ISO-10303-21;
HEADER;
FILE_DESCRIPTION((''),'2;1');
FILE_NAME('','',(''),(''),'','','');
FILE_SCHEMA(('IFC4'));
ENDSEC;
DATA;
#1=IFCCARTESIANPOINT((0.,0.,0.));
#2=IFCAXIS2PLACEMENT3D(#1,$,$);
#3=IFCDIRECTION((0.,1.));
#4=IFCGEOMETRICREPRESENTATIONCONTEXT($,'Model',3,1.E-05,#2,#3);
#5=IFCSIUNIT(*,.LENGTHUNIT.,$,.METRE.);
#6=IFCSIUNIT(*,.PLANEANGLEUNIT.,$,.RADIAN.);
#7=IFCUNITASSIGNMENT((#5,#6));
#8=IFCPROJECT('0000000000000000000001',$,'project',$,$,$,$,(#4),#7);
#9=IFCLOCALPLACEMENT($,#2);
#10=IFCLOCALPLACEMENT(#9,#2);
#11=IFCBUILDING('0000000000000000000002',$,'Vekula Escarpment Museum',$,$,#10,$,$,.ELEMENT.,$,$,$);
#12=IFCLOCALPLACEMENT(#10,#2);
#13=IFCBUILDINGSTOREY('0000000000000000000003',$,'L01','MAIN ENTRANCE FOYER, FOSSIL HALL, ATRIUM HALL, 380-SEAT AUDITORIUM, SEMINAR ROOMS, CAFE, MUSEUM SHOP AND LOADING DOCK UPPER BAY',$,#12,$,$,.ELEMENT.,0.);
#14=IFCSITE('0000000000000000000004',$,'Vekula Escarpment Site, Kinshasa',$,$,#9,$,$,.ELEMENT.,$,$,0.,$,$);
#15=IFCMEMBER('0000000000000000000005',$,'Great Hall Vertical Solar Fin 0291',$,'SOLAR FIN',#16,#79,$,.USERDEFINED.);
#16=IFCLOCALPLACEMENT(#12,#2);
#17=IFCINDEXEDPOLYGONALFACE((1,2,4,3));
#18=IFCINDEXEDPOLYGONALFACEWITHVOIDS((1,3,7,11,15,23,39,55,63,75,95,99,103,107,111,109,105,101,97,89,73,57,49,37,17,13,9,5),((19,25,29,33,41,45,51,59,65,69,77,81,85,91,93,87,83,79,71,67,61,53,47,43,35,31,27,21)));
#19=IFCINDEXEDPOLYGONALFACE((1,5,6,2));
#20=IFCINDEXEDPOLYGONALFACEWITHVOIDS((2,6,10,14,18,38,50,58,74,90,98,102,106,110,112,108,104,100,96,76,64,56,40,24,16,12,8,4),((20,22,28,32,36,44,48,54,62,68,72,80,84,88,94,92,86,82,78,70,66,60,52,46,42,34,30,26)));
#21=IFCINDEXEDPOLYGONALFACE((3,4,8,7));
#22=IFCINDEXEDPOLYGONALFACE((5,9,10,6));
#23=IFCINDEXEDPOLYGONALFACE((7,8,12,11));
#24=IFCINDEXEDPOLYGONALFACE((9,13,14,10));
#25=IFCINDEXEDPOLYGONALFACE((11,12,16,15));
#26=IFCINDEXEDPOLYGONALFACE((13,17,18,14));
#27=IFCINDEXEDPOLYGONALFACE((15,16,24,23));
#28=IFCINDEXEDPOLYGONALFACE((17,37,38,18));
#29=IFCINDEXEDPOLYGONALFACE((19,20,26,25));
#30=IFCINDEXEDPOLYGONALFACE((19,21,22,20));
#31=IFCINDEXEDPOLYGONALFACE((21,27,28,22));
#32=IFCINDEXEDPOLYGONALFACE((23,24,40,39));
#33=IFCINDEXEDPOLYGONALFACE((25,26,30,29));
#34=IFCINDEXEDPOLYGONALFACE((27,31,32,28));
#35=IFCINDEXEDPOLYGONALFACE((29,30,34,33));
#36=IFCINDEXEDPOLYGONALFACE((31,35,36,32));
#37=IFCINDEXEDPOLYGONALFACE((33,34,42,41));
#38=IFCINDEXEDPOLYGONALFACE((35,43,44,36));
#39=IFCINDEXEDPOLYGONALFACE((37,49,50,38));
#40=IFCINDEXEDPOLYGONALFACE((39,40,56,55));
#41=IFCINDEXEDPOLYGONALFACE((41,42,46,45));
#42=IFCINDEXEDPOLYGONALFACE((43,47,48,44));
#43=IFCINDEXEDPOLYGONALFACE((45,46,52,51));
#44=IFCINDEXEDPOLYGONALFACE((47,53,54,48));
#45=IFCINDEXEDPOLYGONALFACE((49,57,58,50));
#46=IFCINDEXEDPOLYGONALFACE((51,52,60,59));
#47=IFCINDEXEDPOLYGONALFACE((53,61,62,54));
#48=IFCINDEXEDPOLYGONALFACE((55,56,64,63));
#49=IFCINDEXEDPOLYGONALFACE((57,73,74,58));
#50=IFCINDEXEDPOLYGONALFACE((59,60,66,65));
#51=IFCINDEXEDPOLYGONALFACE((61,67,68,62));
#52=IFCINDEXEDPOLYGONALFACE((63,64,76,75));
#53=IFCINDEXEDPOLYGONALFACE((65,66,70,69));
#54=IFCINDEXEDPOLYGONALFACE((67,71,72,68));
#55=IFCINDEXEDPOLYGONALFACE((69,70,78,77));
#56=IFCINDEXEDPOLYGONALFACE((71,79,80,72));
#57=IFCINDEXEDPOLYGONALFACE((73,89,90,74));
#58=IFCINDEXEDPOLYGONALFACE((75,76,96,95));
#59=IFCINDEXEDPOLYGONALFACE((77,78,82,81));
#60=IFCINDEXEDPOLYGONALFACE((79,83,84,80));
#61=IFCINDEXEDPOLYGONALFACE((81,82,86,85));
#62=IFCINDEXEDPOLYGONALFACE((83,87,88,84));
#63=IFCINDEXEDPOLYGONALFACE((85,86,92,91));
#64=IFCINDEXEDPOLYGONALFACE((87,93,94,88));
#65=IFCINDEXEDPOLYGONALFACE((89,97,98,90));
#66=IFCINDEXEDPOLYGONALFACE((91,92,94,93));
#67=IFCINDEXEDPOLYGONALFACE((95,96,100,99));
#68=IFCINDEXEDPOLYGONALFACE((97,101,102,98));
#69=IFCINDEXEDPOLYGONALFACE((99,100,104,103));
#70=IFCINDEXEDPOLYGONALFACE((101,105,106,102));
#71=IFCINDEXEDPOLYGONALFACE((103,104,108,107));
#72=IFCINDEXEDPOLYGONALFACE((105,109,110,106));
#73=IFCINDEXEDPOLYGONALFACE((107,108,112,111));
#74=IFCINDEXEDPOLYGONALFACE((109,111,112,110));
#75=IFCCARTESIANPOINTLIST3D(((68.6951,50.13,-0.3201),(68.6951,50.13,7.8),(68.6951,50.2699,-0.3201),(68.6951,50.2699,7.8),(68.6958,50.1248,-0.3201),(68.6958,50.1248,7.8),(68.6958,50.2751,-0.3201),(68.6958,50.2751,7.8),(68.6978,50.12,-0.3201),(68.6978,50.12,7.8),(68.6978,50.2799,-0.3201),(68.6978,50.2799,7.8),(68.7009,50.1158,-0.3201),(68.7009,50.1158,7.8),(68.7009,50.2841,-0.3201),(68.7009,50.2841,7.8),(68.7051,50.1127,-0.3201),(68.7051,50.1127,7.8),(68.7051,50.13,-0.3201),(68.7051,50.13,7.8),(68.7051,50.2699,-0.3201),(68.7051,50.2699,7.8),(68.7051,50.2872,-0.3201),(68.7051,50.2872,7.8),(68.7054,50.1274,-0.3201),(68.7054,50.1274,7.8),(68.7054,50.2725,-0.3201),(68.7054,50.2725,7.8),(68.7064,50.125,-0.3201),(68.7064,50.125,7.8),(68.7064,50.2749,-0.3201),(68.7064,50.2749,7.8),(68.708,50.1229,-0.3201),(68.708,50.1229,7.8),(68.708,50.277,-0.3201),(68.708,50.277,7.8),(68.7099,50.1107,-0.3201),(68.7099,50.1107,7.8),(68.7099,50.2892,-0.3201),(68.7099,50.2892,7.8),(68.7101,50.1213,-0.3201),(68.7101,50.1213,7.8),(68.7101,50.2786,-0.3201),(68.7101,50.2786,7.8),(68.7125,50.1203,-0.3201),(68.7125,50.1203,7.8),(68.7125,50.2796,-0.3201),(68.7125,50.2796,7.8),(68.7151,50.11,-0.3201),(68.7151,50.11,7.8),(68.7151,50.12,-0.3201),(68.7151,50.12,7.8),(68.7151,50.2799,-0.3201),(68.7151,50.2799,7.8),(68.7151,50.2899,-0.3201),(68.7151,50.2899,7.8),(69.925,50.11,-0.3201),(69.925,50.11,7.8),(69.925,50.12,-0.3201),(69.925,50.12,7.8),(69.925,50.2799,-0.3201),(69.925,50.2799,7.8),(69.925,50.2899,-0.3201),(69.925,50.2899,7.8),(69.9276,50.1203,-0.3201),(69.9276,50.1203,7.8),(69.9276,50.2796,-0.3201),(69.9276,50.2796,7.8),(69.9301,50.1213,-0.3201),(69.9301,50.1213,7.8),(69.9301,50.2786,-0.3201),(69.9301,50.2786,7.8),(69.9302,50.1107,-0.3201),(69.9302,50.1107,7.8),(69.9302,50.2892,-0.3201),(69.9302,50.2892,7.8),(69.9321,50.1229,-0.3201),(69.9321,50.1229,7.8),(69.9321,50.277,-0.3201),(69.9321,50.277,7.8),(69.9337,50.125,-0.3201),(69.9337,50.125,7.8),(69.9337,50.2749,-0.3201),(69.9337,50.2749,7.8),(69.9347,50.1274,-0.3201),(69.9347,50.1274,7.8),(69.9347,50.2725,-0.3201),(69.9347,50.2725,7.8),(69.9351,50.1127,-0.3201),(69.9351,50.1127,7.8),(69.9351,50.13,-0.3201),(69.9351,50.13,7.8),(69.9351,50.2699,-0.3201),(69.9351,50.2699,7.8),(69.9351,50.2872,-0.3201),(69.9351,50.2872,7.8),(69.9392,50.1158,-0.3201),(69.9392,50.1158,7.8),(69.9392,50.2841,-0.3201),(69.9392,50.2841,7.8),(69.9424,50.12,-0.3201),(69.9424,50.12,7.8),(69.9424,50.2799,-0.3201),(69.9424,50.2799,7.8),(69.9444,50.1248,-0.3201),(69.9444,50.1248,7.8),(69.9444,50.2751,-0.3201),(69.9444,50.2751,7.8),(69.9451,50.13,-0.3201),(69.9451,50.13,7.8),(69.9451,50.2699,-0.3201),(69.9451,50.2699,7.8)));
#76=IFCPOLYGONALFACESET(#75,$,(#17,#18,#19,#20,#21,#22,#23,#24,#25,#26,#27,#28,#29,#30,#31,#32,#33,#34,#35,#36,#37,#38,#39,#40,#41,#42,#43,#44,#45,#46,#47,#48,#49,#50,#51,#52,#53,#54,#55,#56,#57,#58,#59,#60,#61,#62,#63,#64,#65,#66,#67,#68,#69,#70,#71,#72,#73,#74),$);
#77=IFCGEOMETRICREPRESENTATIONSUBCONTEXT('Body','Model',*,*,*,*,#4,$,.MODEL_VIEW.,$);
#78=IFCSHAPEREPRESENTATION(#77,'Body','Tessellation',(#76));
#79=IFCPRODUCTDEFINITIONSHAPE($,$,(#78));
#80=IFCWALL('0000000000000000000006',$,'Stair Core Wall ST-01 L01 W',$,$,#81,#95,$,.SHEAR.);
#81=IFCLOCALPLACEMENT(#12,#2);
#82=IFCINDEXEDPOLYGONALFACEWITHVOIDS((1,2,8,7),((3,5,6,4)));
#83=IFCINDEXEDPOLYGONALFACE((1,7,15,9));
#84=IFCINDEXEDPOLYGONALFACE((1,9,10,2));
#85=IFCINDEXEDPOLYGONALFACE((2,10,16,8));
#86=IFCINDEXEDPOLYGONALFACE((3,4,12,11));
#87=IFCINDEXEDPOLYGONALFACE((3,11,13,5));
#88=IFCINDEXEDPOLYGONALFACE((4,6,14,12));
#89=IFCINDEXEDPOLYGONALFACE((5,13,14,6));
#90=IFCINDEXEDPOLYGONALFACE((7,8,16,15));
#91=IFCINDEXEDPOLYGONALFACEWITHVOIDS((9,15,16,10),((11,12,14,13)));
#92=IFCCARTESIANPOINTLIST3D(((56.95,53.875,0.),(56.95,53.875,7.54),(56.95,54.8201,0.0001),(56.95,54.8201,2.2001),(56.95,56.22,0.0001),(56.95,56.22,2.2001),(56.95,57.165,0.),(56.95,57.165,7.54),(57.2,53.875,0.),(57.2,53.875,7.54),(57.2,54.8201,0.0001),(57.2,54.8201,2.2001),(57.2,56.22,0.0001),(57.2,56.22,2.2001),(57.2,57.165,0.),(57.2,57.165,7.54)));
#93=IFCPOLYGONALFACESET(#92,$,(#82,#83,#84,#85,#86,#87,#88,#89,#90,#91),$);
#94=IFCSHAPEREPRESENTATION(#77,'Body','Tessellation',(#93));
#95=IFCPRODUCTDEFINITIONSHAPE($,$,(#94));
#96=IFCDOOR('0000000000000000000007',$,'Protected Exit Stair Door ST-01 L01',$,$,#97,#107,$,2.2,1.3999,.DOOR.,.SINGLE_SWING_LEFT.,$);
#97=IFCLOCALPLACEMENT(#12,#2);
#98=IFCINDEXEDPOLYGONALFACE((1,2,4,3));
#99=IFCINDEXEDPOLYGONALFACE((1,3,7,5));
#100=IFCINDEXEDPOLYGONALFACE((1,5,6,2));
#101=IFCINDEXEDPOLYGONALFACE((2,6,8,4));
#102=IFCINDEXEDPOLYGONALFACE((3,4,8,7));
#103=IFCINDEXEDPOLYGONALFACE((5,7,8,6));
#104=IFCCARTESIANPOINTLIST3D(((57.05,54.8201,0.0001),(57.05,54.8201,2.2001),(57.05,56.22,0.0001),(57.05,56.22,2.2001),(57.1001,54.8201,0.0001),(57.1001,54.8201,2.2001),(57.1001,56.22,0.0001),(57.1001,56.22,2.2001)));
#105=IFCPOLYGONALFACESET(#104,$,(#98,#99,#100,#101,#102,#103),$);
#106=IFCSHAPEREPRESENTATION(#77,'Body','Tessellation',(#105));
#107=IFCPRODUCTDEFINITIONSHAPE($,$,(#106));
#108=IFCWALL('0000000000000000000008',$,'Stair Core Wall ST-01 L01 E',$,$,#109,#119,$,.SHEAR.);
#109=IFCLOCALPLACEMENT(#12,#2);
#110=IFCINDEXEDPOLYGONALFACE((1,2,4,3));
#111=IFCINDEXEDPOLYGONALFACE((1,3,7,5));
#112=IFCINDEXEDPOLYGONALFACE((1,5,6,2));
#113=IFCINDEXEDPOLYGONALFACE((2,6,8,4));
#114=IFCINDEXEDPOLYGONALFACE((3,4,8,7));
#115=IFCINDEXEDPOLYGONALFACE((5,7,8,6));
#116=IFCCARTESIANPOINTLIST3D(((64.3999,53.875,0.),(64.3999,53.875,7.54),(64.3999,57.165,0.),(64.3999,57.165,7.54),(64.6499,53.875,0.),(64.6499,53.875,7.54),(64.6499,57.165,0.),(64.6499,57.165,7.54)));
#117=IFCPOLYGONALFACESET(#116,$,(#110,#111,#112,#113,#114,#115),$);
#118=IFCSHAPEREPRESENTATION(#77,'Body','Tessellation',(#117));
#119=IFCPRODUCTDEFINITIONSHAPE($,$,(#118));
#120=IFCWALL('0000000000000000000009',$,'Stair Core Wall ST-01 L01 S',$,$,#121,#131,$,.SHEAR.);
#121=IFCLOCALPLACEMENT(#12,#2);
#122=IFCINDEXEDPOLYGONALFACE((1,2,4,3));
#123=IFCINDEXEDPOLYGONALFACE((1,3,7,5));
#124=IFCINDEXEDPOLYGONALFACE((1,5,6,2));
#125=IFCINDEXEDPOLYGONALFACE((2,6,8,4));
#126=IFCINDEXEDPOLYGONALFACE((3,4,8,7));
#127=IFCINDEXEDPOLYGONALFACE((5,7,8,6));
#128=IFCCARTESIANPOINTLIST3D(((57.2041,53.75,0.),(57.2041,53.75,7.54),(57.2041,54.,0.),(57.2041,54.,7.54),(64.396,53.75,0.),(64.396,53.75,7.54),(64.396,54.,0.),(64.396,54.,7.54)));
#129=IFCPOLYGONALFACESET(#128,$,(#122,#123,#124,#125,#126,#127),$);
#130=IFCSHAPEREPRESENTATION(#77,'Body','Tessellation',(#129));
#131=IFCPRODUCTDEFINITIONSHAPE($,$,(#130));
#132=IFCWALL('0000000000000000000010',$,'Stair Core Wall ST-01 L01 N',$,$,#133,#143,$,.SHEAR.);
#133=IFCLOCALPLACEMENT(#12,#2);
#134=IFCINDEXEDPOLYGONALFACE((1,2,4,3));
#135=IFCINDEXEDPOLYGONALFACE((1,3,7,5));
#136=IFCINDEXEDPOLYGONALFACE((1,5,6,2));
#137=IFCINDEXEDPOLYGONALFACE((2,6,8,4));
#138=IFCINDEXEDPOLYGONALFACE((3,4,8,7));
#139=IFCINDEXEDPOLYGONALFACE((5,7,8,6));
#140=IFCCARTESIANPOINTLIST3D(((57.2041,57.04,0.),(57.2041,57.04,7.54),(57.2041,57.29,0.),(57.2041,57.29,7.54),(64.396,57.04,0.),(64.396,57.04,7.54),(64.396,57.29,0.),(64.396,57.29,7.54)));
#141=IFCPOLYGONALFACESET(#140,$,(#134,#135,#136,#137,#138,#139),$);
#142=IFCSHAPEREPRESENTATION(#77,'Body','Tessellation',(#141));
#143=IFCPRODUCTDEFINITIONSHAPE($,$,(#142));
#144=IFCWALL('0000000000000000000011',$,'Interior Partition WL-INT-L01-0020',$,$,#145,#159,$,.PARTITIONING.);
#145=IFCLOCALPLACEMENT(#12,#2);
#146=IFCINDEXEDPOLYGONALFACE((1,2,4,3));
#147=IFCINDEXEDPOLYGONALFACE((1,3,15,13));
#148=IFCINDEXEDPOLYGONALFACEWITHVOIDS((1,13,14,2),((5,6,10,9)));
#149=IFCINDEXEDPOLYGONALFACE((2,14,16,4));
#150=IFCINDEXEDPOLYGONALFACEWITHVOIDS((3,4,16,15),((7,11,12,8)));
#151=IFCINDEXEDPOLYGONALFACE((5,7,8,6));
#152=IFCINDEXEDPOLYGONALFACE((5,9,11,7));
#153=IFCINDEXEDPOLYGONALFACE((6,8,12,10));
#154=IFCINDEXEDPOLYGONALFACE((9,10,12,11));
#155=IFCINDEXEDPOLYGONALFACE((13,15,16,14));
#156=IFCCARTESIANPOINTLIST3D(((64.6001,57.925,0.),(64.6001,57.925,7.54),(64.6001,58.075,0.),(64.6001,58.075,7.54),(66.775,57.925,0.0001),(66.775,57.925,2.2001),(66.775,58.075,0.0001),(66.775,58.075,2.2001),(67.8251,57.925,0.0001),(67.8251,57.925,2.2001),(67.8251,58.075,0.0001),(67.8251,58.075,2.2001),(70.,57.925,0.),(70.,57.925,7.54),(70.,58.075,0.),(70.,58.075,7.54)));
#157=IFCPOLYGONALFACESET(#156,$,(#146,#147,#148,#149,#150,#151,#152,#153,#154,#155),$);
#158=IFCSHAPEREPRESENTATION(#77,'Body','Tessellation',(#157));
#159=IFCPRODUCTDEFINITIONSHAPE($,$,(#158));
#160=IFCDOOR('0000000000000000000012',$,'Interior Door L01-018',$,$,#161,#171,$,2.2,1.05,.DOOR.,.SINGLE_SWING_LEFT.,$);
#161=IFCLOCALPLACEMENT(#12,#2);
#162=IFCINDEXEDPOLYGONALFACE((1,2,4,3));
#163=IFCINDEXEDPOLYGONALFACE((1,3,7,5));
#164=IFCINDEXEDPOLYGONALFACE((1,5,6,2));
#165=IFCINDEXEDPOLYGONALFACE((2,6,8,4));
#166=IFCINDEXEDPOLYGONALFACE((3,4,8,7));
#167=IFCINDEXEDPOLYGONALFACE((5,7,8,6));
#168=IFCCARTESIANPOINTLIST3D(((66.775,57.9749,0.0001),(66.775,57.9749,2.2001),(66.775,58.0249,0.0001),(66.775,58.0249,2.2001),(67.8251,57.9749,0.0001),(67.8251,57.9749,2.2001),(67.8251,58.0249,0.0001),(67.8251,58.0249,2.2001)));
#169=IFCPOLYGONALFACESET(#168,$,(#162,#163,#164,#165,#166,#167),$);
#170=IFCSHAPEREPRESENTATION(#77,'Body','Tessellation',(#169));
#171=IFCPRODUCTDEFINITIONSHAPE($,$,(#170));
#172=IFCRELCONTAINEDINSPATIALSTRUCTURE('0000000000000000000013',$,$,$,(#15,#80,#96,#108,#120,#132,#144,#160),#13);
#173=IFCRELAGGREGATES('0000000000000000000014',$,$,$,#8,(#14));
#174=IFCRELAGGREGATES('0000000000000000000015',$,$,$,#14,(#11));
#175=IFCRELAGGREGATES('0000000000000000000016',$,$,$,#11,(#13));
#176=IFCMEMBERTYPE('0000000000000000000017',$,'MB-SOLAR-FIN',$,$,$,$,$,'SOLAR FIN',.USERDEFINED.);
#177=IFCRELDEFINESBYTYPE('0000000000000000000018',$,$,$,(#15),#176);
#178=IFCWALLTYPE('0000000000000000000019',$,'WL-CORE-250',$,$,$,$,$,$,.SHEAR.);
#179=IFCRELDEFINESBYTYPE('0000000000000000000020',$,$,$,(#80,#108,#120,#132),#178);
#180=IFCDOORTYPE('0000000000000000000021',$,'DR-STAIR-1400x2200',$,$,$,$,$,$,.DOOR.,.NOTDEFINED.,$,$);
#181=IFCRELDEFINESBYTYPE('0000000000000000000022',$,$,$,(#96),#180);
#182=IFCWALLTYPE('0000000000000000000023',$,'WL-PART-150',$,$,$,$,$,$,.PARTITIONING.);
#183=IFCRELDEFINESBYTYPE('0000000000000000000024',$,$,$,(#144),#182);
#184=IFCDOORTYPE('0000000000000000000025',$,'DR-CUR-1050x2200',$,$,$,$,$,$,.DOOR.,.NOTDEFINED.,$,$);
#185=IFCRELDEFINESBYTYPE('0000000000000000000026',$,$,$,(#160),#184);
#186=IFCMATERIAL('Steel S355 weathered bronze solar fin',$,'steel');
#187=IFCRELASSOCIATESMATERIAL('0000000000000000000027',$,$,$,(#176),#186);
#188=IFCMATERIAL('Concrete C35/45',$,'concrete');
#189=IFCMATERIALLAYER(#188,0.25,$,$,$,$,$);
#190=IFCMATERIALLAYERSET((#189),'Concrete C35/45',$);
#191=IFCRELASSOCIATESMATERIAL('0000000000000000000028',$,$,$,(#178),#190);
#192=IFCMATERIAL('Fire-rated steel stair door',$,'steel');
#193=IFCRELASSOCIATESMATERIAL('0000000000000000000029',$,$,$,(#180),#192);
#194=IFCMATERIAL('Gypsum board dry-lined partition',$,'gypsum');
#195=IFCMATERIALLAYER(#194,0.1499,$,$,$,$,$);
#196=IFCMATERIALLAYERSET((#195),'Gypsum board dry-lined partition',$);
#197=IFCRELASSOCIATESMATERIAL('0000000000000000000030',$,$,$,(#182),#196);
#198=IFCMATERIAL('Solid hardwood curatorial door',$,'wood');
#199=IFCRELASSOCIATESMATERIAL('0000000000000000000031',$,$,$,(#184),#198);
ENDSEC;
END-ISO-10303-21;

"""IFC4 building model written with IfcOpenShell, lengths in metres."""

from ifc_helpers import new_model, si_unit, direction, frame, frame_2d, origin, origin_2d, place, context, subcontext, project, spatial, rectangle, hollow_rectangle, extrude, material, layer, layer_set, material_profile, profile_set, type_object, element, fill, save


model = new_model("IFC4")

# Units and contexts
model_context = context("Model", 3, precision=1e-05, world=origin(), true_north=direction((0.0, 1.0)))
body_context = subcontext(model_context, "Body", "Model", "MODEL_VIEW")
ifc_project = project(units=[si_unit("LENGTHUNIT", "METRE"), si_unit("PLANEANGLEUNIT", "RADIAN")], contexts=[model_context])

# Site, building, storey
site_placement = place(None, origin())
site = spatial("IfcSite", under=ifc_project, at=site_placement, Name="Vekula Escarpment Site, Kinshasa", CompositionType="ELEMENT", RefElevation=0.0)
building_placement = place(site_placement, origin())
building = spatial("IfcBuilding", under=site, at=building_placement, Name="Vekula Escarpment Museum", CompositionType="ELEMENT")
storey_placement = place(building_placement, origin())
storey = spatial("IfcBuildingStorey", under=building, at=storey_placement, Name="L01", Description="MAIN ENTRANCE FOYER, FOSSIL HALL, ATRIUM HALL, 380-SEAT AUDITORIUM, SEMINAR ROOMS, CAFE, MUSEUM SHOP AND LOADING DOCK UPPER BAY", CompositionType="ELEMENT", Elevation=0.0)

# Member
ifc_material_1 = material(Name="Steel S355 weathered bronze solar fin", Category="steel")
ifc_material_profile_1 = material_profile(ifc_material_1, hollow_rectangle(XDim=0.1799, YDim=1.25, WallThickness=0.01, InnerFilletRadius=0.01, OuterFilletRadius=0.02, at=origin_2d()), Name="RHS 1250x180x10")
ifc_profile_set_1 = profile_set([ifc_material_profile_1], Name="Steel S355 weathered bronze solar fin")
member_type = type_object("IfcMemberType", Name="MB-SOLAR-FIN", ElementType="SOLAR FIN", PredefinedType="USERDEFINED", material=ifc_profile_set_1)
member_placement = place(storey_placement, frame((69.3201, 50.2, -0.3201), z_axis=(0.0, 0.0, 1.0), x_axis=(0.0, 1.0, 0.0)))
element("IfcMember", 1, at=member_placement, inside=storey, type_object=member_type, Name="Great Hall Vertical Solar Fin 0291", ObjectType="SOLAR FIN", PredefinedType="USERDEFINED", context=body_context, shape_type="SweptSolid", body=[
    extrude(hollow_rectangle(XDim=0.1799, YDim=1.25, WallThickness=0.01, InnerFilletRadius=0.01, OuterFilletRadius=0.02, at=origin_2d()), origin(), (0.0, 0.0, 1.0), 8.1201),
])

# Wall, opening, door
ifc_material_2 = material(Name="Concrete C35/45", Category="concrete")
ifc_layer_1 = layer(ifc_material_2, 0.25)
ifc_layer_set_1 = layer_set([ifc_layer_1], Name="Concrete C35/45")
wall_type_1 = type_object("IfcWallType", Name="WL-CORE-250", PredefinedType="SHEAR", material=ifc_layer_set_1)
wall_1_placement = place(storey_placement, frame((57.075, 53.875, 0.0), z_axis=(0.0, 0.0, 1.0), x_axis=(0.0, 1.0, 0.0)))
wall_1 = element("IfcWall", 2, at=wall_1_placement, inside=storey, type_object=wall_type_1, Name="Stair Core Wall ST-01 L01 W", PredefinedType="SHEAR", context=body_context, shape_type="SweptSolid", body=[
    extrude(rectangle(XDim=3.29, YDim=0.25, at=frame_2d((1.645, 0.0))), origin(), (0.0, 0.0, 1.0), 7.54),
])
opening_1_placement = place(wall_1_placement, frame((0.9451, 0.0, 0.0)))
opening_1 = element("IfcOpeningElement", 3, at=opening_1_placement, cuts=wall_1, PredefinedType="OPENING", context=body_context, shape_type="SweptSolid", body=[
    extrude(rectangle(XDim=1.3999, YDim=2.2, at=frame_2d((0.7, 1.1001))), frame((0.0, 0.135, 0.0), z_axis=(0.0, -1.0, 0.0), x_axis=(1.0, 0.0, 0.0)), (0.0, 0.0, 1.0), 0.27),
])
ifc_material_3 = material(Name="Fire-rated steel stair door", Category="steel")
door_type_1 = type_object("IfcDoorType", Name="DR-STAIR-1400x2200", OperationType="NOTDEFINED", PredefinedType="DOOR", material=ifc_material_3)
door_1_placement = place(opening_1_placement, origin())
door_1 = element("IfcDoor", 4, at=door_1_placement, inside=storey, type_object=door_type_1, Name="Protected Exit Stair Door ST-01 L01", OperationType="SINGLE_SWING_LEFT", OverallHeight=2.2, OverallWidth=1.3999, PredefinedType="DOOR", context=body_context, shape_type="SweptSolid", body=[
    extrude(rectangle(XDim=1.3999, YDim=2.2, at=frame_2d((0.7, 1.1001))), frame((0.0, 0.0249, 0.0), z_axis=(0.0, -1.0, 0.0), x_axis=(1.0, 0.0, 0.0)), (0.0, 0.0, 1.0), 0.05),
])
fill(opening_1, door_1)

# Walls
wall_2_placement = place(storey_placement, frame((64.5249, 53.875, 0.0), z_axis=(0.0, 0.0, 1.0), x_axis=(0.0, 1.0, 0.0)))
element("IfcWall", 5, at=wall_2_placement, inside=storey, type_object=wall_type_1, Name="Stair Core Wall ST-01 L01 E", PredefinedType="SHEAR", context=body_context, shape_type="SweptSolid", body=[
    extrude(rectangle(XDim=3.29, YDim=0.25, at=frame_2d((1.645, 0.0))), origin(), (0.0, 0.0, 1.0), 7.54),
])
for number, where, z_axis, x_axis, name in (
    (6, (57.2041, 53.875, 0.0), (0.0, 0.0, 1.0), (1.0, 0.0, 0.0), "Stair Core Wall ST-01 L01 S"),
    (7, (57.2041, 57.165, 0.0), (0.0, 0.0, 1.0), (1.0, 0.0, 0.0), "Stair Core Wall ST-01 L01 N"),
):
    element("IfcWall", number, at=place(storey_placement, frame(where, z_axis=z_axis, x_axis=x_axis)), inside=storey, type_object=wall_type_1, Name=name, PredefinedType="SHEAR", context=body_context, shape_type="SweptSolid", body=[
        extrude(rectangle(XDim=7.1919, YDim=0.25, at=frame_2d((3.5959, 0.0))), origin(), (0.0, 0.0, 1.0), 7.54),
    ])

# Wall, opening, door
ifc_material_4 = material(Name="Gypsum board dry-lined partition", Category="gypsum")
ifc_layer_2 = layer(ifc_material_4, 0.1499)
ifc_layer_set_2 = layer_set([ifc_layer_2], Name="Gypsum board dry-lined partition")
wall_type_2 = type_object("IfcWallType", Name="WL-PART-150", PredefinedType="PARTITIONING", material=ifc_layer_set_2)
wall_3_placement = place(storey_placement, frame((64.6001, 58.0, 0.0), z_axis=(0.0, 0.0, 1.0), x_axis=(1.0, 0.0, 0.0)))
wall_3 = element("IfcWall", 8, at=wall_3_placement, inside=storey, type_object=wall_type_2, Name="Interior Partition WL-INT-L01-0020", PredefinedType="PARTITIONING", context=body_context, shape_type="SweptSolid", body=[
    extrude(rectangle(XDim=5.3999, YDim=0.1499, at=frame_2d((2.7, 0.0))), origin(), (0.0, 0.0, 1.0), 7.54),
])
opening_2_placement = place(wall_3_placement, frame((2.175, 0.0, 0.0)))
opening_2 = element("IfcOpeningElement", 9, at=opening_2_placement, cuts=wall_3, PredefinedType="OPENING", context=body_context, shape_type="SweptSolid", body=[
    extrude(rectangle(XDim=1.05, YDim=2.2, at=frame_2d((0.5249, 1.1001))), frame((0.0, 0.085, 0.0), z_axis=(0.0, -1.0, 0.0), x_axis=(1.0, 0.0, 0.0)), (0.0, 0.0, 1.0), 0.1699),
])
ifc_material_5 = material(Name="Solid hardwood curatorial door", Category="wood")
door_type_2 = type_object("IfcDoorType", Name="DR-CUR-1050x2200", OperationType="NOTDEFINED", PredefinedType="DOOR", material=ifc_material_5)
door_2_placement = place(opening_2_placement, origin())
door_2 = element("IfcDoor", 10, at=door_2_placement, inside=storey, type_object=door_type_2, Name="Interior Door L01-018", OperationType="SINGLE_SWING_LEFT", OverallHeight=2.2, OverallWidth=1.05, PredefinedType="DOOR", context=body_context, shape_type="SweptSolid", body=[
    extrude(rectangle(XDim=1.05, YDim=2.2, at=frame_2d((0.5249, 1.1001))), frame((0.0, 0.0249, 0.0), z_axis=(0.0, -1.0, 0.0), x_axis=(1.0, 0.0, 0.0)), (0.0, 0.0, 1.0), 0.05),
])
fill(opening_2, door_2)

save(model, "model.ifc")
